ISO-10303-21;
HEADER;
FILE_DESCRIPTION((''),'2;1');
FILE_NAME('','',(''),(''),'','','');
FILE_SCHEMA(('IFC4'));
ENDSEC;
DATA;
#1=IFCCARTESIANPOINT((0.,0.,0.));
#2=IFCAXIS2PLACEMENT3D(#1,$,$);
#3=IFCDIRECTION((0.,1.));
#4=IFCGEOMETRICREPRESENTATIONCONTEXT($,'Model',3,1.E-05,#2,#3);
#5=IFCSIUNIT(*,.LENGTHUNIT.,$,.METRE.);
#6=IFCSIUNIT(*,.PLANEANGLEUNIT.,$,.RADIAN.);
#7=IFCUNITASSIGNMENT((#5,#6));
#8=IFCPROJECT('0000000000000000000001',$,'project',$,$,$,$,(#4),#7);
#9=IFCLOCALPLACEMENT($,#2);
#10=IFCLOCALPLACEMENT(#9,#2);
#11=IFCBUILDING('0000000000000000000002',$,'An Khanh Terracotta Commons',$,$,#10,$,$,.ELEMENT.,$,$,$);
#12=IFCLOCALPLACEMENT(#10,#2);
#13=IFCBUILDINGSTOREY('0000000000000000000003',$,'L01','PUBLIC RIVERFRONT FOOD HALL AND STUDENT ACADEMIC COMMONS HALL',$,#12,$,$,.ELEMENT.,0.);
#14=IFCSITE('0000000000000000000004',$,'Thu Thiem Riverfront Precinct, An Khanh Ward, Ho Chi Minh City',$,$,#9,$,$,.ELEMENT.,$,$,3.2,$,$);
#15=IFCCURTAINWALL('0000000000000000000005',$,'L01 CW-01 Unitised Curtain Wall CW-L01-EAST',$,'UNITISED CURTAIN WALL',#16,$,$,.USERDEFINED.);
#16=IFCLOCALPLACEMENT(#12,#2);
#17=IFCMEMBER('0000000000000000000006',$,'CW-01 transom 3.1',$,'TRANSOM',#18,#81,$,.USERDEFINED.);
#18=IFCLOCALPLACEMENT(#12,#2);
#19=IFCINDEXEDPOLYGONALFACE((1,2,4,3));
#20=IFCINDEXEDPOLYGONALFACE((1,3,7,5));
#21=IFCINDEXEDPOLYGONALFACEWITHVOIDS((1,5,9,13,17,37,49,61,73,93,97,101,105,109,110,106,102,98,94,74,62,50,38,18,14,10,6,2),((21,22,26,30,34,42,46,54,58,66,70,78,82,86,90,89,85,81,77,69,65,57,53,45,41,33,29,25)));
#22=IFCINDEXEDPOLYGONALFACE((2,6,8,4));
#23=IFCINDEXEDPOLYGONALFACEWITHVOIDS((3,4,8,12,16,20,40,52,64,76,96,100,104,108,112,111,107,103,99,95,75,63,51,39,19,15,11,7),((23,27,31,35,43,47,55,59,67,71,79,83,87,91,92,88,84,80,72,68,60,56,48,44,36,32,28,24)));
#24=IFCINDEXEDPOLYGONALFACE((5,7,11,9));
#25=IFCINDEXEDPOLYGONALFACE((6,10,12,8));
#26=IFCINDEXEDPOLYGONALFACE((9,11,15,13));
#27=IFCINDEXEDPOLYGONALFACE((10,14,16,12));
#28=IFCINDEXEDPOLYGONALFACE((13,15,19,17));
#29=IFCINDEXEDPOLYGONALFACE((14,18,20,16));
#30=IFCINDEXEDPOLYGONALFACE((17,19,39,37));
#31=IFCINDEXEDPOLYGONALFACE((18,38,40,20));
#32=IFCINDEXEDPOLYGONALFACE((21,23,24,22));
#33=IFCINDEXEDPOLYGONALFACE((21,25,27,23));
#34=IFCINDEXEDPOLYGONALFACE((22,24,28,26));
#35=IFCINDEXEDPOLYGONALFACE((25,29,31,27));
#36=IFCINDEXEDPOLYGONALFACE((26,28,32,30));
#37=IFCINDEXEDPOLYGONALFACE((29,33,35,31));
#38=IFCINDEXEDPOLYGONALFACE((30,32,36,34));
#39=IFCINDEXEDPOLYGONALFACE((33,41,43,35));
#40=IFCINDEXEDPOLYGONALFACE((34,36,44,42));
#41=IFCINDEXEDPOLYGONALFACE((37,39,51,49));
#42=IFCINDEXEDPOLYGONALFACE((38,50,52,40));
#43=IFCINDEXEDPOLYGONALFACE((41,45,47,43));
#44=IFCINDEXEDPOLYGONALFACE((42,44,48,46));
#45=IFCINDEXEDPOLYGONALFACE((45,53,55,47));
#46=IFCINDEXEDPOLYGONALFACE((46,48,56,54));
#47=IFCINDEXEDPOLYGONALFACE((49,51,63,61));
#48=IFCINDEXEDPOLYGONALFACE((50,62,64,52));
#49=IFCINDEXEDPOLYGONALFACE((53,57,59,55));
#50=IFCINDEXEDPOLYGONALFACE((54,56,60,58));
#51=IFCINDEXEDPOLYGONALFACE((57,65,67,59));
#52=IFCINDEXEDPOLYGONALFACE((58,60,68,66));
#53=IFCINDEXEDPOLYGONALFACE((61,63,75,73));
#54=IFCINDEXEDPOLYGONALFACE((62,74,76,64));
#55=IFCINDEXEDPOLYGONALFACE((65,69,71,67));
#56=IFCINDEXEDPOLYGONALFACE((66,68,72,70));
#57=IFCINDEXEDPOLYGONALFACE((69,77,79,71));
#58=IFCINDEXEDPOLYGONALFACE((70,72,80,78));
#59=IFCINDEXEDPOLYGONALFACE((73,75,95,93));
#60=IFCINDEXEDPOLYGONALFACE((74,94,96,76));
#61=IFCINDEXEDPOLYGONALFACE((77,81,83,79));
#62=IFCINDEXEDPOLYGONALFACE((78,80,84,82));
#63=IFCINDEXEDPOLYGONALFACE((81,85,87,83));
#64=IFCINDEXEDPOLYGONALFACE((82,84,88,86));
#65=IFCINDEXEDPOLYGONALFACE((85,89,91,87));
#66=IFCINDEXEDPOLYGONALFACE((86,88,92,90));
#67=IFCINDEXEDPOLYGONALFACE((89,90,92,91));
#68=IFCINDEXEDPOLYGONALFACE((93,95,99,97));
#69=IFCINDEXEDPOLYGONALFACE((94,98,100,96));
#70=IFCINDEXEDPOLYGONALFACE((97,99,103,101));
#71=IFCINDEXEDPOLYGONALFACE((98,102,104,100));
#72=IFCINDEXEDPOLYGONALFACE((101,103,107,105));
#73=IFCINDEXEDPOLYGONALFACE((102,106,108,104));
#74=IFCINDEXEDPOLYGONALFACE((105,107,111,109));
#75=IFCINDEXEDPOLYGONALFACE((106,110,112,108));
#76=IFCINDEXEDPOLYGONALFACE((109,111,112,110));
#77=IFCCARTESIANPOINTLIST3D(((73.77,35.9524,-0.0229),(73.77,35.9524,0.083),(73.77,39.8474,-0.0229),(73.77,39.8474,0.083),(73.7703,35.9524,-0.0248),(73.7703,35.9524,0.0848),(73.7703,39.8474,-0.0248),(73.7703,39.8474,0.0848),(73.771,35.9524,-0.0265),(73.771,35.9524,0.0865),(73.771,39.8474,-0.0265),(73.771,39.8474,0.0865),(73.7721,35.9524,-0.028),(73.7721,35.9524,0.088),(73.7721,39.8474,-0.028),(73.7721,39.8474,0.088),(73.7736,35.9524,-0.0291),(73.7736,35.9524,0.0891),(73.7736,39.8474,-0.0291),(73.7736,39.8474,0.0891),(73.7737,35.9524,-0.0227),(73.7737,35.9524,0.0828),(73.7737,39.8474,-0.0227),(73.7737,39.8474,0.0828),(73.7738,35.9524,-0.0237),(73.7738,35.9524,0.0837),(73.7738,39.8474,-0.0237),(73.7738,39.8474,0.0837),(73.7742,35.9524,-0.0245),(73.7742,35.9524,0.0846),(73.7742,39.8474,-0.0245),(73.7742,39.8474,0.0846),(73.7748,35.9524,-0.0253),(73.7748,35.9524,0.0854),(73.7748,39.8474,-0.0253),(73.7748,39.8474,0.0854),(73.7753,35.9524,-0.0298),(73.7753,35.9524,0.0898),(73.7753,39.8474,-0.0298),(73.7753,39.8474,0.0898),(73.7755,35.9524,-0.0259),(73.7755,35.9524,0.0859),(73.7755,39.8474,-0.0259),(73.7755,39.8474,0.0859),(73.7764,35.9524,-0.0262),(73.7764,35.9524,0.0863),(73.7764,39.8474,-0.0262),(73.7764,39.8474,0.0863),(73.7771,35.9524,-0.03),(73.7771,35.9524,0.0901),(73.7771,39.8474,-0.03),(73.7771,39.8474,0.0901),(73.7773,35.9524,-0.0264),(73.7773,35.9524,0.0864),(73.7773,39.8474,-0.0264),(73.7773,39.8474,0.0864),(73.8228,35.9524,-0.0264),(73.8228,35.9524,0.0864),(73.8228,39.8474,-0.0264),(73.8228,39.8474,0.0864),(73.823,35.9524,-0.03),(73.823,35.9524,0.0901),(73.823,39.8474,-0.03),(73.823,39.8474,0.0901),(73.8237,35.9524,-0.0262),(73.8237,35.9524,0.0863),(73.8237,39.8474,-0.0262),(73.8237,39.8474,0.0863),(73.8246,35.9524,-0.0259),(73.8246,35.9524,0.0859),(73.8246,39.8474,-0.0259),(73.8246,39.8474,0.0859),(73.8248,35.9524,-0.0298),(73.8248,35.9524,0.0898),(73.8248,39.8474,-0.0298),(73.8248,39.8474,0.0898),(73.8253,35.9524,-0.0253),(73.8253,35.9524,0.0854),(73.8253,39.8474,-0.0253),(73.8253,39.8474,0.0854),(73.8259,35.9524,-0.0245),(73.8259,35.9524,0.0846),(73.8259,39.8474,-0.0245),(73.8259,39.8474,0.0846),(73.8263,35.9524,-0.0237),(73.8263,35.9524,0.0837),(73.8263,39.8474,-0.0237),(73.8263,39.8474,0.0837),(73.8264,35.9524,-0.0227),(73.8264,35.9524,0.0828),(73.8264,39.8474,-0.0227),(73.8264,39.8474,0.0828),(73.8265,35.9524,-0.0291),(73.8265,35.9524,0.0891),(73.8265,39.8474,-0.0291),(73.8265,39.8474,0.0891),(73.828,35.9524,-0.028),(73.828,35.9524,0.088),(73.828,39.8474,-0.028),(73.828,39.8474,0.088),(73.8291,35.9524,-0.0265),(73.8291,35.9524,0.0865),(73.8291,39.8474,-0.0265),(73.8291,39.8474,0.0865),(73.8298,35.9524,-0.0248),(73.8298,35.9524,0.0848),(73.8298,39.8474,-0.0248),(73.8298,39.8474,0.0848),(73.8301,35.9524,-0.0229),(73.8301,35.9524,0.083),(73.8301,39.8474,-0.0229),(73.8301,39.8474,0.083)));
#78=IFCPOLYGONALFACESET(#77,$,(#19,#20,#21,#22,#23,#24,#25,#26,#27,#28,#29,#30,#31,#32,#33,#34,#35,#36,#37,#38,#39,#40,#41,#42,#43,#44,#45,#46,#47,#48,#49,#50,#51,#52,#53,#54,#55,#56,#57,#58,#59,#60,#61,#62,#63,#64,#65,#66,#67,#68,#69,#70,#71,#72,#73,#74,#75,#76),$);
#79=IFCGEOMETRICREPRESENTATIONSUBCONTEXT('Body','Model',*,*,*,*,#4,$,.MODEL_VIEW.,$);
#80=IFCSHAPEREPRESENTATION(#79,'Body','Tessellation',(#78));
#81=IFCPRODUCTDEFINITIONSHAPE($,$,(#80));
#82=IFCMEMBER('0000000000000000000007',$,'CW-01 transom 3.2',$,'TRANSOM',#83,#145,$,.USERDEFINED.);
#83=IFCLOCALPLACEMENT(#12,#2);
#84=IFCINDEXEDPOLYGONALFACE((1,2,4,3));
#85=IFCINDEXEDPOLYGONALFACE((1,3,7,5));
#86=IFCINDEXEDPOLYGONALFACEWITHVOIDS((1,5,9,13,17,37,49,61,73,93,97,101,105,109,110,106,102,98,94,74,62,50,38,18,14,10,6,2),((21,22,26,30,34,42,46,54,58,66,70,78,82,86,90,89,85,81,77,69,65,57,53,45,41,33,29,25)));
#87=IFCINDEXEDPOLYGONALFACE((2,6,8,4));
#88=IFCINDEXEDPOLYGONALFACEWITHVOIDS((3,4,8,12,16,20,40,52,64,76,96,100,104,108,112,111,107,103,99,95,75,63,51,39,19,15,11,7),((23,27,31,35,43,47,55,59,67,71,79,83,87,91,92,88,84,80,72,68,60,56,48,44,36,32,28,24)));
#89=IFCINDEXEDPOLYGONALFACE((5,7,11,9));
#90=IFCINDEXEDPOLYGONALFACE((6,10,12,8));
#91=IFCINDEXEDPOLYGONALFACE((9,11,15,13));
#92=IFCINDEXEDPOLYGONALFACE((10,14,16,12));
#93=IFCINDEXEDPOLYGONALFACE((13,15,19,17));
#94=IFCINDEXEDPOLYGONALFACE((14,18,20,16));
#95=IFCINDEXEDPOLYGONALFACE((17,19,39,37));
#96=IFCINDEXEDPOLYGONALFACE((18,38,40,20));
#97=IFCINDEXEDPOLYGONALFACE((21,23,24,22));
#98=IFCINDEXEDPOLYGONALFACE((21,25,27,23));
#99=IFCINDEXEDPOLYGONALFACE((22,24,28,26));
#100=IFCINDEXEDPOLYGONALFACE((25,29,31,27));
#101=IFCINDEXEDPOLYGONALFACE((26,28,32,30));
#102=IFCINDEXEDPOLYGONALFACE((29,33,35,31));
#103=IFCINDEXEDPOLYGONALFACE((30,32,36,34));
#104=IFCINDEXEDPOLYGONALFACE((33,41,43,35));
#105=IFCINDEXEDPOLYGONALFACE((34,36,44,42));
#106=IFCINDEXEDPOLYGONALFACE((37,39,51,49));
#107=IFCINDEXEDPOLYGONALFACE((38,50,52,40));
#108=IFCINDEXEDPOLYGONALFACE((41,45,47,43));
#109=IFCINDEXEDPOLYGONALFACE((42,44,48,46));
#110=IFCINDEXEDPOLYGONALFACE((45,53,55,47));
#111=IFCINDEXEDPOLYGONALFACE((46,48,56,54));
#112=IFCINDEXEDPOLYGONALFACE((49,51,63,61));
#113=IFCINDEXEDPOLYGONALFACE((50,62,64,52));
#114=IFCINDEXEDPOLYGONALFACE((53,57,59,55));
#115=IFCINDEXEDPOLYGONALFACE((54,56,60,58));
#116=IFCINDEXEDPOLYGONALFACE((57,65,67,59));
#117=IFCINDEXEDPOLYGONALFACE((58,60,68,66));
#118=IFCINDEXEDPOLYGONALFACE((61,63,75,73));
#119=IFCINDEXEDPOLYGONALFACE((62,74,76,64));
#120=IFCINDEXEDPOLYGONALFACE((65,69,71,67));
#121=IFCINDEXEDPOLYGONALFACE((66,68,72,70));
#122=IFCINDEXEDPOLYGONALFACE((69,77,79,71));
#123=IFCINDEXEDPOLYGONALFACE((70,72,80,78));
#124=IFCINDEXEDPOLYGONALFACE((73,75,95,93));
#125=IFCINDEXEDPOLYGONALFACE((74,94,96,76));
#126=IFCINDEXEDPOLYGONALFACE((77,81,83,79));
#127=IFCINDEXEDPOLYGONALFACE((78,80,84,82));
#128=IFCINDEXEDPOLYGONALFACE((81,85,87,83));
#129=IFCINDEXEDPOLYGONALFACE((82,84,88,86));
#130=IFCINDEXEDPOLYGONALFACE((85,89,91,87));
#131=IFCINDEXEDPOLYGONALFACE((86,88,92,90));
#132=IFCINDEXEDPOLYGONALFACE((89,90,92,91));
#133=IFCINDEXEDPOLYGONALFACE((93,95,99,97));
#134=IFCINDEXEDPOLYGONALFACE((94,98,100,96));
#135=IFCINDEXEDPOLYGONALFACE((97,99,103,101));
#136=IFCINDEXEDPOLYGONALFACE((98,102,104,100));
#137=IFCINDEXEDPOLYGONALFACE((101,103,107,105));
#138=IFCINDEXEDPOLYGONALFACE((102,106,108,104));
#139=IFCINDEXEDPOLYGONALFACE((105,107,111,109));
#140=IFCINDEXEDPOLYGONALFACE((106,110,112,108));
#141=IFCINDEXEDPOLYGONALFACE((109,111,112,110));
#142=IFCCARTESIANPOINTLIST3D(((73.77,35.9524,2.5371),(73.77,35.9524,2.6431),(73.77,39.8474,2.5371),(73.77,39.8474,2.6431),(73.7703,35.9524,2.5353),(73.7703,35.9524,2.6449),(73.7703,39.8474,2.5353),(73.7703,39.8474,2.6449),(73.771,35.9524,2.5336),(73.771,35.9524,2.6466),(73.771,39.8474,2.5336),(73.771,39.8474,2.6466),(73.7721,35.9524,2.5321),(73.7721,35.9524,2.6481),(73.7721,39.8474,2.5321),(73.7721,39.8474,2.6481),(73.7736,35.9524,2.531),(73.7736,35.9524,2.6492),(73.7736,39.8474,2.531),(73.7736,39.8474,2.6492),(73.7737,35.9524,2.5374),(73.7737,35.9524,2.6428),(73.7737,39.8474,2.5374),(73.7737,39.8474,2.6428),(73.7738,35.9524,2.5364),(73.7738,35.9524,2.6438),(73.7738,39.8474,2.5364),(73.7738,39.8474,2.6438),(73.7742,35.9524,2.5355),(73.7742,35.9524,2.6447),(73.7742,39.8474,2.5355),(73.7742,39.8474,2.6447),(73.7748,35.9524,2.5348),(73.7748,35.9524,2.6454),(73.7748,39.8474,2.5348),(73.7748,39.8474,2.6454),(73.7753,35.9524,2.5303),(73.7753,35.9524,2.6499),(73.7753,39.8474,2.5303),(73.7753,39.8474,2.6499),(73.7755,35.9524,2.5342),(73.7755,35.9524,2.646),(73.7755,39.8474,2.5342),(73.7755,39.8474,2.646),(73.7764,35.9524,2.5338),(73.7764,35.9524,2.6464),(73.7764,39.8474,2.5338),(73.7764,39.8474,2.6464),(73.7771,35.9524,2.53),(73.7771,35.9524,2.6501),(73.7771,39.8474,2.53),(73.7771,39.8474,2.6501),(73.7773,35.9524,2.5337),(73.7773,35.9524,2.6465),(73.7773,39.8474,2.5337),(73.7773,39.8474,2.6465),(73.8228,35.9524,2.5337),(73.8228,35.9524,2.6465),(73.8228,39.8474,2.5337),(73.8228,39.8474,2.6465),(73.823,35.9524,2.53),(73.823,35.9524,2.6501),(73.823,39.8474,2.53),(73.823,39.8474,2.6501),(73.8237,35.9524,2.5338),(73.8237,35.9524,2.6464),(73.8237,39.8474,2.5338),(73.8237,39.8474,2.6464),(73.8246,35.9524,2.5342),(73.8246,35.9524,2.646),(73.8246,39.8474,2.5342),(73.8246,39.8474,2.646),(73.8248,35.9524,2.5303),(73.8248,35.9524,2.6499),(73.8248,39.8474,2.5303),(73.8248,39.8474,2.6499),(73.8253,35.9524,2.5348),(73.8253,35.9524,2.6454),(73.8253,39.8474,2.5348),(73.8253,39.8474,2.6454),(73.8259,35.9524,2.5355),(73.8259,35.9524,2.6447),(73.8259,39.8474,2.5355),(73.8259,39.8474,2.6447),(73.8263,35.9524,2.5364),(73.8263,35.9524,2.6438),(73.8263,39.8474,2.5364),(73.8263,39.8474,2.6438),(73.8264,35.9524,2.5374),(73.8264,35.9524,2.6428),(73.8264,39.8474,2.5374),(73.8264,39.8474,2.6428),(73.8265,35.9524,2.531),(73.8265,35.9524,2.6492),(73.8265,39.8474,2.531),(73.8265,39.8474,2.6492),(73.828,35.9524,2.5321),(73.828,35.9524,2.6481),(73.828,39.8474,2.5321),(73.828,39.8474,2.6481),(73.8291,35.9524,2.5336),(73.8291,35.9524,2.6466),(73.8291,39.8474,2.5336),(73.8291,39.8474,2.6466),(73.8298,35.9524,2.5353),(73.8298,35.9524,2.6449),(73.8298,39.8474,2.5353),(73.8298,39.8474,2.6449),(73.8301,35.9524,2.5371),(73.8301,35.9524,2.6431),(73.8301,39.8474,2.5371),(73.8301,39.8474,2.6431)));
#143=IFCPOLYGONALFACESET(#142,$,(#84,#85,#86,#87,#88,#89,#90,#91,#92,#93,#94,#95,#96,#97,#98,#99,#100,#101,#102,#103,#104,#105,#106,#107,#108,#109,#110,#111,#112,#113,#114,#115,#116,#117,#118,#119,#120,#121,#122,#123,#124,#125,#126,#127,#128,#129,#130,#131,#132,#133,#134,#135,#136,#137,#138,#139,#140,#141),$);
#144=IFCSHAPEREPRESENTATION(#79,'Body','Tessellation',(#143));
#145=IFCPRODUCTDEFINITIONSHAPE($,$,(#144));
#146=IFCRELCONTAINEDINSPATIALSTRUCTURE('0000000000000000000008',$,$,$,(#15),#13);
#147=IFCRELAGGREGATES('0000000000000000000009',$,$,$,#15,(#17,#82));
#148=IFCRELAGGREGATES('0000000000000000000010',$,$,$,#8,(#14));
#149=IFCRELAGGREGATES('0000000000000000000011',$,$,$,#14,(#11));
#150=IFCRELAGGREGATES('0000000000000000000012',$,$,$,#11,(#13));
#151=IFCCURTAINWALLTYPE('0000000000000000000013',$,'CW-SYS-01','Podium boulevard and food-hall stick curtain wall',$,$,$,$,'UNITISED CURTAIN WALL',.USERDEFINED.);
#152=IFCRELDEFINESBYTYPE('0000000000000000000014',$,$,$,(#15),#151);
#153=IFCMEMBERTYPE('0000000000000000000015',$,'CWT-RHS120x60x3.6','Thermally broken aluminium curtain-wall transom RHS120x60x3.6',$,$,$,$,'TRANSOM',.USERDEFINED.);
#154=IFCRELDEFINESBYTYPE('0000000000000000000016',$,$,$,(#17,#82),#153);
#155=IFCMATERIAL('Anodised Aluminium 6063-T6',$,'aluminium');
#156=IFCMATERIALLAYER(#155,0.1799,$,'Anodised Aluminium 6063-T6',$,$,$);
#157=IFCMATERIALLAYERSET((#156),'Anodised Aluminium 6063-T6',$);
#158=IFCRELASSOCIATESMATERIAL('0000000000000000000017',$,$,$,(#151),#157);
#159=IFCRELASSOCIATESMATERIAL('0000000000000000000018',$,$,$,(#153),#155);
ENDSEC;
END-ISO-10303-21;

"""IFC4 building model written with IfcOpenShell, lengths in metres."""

from ifc_helpers import new_model, si_unit, direction, frame, origin, origin_2d, place, context, subcontext, project, spatial, hollow_rectangle, extrude, material, layer, layer_set, material_profile, profile_set, type_object, element, aggregate, save


model = new_model("IFC4")

# Units and contexts
model_context = context("Model", 3, precision=1e-05, world=origin(), true_north=direction((0.0, 1.0)))
body_context = subcontext(model_context, "Body", "Model", "MODEL_VIEW")
ifc_project = project(units=[si_unit("LENGTHUNIT", "METRE"), si_unit("PLANEANGLEUNIT", "RADIAN")], contexts=[model_context])

# Site, building, storey
site_placement = place(None, origin())
site = spatial("IfcSite", under=ifc_project, at=site_placement, Name="Thu Thiem Riverfront Precinct, An Khanh Ward, Ho Chi Minh City", CompositionType="ELEMENT", RefElevation=3.2)
building_placement = place(site_placement, origin())
building = spatial("IfcBuilding", under=site, at=building_placement, Name="An Khanh Terracotta Commons", CompositionType="ELEMENT")
storey_placement = place(building_placement, origin())
storey = spatial("IfcBuildingStorey", under=building, at=storey_placement, Name="L01", Description="PUBLIC RIVERFRONT FOOD HALL AND STUDENT ACADEMIC COMMONS HALL", CompositionType="ELEMENT", Elevation=0.0)

# Curtain wall, members
ifc_material_1 = material(Name="Anodised Aluminium 6063-T6", Category="aluminium")
ifc_layer_1 = layer(ifc_material_1, 0.1799, Name="Anodised Aluminium 6063-T6")
ifc_layer_set_1 = layer_set([ifc_layer_1], Name="Anodised Aluminium 6063-T6")
curtain_wall_type = type_object("IfcCurtainWallType", Name="CW-SYS-01", Description="Podium boulevard and food-hall stick curtain wall", ElementType="UNITISED CURTAIN WALL", PredefinedType="USERDEFINED", material=ifc_layer_set_1)
curtain_wall_placement = place(storey_placement, origin())
curtain_wall = element("IfcCurtainWall", 1, at=curtain_wall_placement, inside=storey, type_object=curtain_wall_type, Name="L01 CW-01 Unitised Curtain Wall CW-L01-EAST", ObjectType="UNITISED CURTAIN WALL", PredefinedType="USERDEFINED")
ifc_material_profile_1 = material_profile(ifc_material_1, hollow_rectangle(XDim=0.0601, YDim=0.1201, WallThickness=0.0037, InnerFilletRadius=0.0037, OuterFilletRadius=0.0071, at=origin_2d()), Name="RHS120x60x3.6")
ifc_profile_set_1 = profile_set([ifc_material_profile_1], Name="Anodised Aluminium 6063-T6")
member_type_1 = type_object("IfcMemberType", Name="CWT-RHS120x60x3.6", Description="Thermally broken aluminium curtain-wall transom RHS120x60x3.6", ElementType="TRANSOM", PredefinedType="USERDEFINED", material=ifc_profile_set_1)
member_1_placement = place(storey_placement, frame((73.8, 35.9524, 0.03), z_axis=(0.0, 1.0, 0.0), x_axis=(-1.0, 0.0, 0.0)))
member_1 = element("IfcMember", 2, at=member_1_placement, type_object=member_type_1, Name="CW-01 transom 3.1", ObjectType="TRANSOM", PredefinedType="USERDEFINED", context=body_context, shape_type="SweptSolid", body=[
    extrude(hollow_rectangle(XDim=0.0601, YDim=0.1201, WallThickness=0.0037, InnerFilletRadius=0.0037, OuterFilletRadius=0.0071, at=origin_2d()), origin(), (0.0, 0.0, 1.0), 3.895),
])
member_2_placement = place(storey_placement, frame((73.8, 35.9524, 2.5901), z_axis=(0.0, 1.0, 0.0), x_axis=(-1.0, 0.0, 0.0)))
member_2 = element("IfcMember", 3, at=member_2_placement, type_object=member_type_1, Name="CW-01 transom 3.2", ObjectType="TRANSOM", PredefinedType="USERDEFINED", context=body_context, shape_type="SweptSolid", body=[
    extrude(hollow_rectangle(XDim=0.0601, YDim=0.1201, WallThickness=0.0037, InnerFilletRadius=0.0037, OuterFilletRadius=0.0071, at=origin_2d()), origin(), (0.0, 0.0, 1.0), 3.895),
])
aggregate(curtain_wall, [member_1, member_2])

save(model, "model.ifc")
